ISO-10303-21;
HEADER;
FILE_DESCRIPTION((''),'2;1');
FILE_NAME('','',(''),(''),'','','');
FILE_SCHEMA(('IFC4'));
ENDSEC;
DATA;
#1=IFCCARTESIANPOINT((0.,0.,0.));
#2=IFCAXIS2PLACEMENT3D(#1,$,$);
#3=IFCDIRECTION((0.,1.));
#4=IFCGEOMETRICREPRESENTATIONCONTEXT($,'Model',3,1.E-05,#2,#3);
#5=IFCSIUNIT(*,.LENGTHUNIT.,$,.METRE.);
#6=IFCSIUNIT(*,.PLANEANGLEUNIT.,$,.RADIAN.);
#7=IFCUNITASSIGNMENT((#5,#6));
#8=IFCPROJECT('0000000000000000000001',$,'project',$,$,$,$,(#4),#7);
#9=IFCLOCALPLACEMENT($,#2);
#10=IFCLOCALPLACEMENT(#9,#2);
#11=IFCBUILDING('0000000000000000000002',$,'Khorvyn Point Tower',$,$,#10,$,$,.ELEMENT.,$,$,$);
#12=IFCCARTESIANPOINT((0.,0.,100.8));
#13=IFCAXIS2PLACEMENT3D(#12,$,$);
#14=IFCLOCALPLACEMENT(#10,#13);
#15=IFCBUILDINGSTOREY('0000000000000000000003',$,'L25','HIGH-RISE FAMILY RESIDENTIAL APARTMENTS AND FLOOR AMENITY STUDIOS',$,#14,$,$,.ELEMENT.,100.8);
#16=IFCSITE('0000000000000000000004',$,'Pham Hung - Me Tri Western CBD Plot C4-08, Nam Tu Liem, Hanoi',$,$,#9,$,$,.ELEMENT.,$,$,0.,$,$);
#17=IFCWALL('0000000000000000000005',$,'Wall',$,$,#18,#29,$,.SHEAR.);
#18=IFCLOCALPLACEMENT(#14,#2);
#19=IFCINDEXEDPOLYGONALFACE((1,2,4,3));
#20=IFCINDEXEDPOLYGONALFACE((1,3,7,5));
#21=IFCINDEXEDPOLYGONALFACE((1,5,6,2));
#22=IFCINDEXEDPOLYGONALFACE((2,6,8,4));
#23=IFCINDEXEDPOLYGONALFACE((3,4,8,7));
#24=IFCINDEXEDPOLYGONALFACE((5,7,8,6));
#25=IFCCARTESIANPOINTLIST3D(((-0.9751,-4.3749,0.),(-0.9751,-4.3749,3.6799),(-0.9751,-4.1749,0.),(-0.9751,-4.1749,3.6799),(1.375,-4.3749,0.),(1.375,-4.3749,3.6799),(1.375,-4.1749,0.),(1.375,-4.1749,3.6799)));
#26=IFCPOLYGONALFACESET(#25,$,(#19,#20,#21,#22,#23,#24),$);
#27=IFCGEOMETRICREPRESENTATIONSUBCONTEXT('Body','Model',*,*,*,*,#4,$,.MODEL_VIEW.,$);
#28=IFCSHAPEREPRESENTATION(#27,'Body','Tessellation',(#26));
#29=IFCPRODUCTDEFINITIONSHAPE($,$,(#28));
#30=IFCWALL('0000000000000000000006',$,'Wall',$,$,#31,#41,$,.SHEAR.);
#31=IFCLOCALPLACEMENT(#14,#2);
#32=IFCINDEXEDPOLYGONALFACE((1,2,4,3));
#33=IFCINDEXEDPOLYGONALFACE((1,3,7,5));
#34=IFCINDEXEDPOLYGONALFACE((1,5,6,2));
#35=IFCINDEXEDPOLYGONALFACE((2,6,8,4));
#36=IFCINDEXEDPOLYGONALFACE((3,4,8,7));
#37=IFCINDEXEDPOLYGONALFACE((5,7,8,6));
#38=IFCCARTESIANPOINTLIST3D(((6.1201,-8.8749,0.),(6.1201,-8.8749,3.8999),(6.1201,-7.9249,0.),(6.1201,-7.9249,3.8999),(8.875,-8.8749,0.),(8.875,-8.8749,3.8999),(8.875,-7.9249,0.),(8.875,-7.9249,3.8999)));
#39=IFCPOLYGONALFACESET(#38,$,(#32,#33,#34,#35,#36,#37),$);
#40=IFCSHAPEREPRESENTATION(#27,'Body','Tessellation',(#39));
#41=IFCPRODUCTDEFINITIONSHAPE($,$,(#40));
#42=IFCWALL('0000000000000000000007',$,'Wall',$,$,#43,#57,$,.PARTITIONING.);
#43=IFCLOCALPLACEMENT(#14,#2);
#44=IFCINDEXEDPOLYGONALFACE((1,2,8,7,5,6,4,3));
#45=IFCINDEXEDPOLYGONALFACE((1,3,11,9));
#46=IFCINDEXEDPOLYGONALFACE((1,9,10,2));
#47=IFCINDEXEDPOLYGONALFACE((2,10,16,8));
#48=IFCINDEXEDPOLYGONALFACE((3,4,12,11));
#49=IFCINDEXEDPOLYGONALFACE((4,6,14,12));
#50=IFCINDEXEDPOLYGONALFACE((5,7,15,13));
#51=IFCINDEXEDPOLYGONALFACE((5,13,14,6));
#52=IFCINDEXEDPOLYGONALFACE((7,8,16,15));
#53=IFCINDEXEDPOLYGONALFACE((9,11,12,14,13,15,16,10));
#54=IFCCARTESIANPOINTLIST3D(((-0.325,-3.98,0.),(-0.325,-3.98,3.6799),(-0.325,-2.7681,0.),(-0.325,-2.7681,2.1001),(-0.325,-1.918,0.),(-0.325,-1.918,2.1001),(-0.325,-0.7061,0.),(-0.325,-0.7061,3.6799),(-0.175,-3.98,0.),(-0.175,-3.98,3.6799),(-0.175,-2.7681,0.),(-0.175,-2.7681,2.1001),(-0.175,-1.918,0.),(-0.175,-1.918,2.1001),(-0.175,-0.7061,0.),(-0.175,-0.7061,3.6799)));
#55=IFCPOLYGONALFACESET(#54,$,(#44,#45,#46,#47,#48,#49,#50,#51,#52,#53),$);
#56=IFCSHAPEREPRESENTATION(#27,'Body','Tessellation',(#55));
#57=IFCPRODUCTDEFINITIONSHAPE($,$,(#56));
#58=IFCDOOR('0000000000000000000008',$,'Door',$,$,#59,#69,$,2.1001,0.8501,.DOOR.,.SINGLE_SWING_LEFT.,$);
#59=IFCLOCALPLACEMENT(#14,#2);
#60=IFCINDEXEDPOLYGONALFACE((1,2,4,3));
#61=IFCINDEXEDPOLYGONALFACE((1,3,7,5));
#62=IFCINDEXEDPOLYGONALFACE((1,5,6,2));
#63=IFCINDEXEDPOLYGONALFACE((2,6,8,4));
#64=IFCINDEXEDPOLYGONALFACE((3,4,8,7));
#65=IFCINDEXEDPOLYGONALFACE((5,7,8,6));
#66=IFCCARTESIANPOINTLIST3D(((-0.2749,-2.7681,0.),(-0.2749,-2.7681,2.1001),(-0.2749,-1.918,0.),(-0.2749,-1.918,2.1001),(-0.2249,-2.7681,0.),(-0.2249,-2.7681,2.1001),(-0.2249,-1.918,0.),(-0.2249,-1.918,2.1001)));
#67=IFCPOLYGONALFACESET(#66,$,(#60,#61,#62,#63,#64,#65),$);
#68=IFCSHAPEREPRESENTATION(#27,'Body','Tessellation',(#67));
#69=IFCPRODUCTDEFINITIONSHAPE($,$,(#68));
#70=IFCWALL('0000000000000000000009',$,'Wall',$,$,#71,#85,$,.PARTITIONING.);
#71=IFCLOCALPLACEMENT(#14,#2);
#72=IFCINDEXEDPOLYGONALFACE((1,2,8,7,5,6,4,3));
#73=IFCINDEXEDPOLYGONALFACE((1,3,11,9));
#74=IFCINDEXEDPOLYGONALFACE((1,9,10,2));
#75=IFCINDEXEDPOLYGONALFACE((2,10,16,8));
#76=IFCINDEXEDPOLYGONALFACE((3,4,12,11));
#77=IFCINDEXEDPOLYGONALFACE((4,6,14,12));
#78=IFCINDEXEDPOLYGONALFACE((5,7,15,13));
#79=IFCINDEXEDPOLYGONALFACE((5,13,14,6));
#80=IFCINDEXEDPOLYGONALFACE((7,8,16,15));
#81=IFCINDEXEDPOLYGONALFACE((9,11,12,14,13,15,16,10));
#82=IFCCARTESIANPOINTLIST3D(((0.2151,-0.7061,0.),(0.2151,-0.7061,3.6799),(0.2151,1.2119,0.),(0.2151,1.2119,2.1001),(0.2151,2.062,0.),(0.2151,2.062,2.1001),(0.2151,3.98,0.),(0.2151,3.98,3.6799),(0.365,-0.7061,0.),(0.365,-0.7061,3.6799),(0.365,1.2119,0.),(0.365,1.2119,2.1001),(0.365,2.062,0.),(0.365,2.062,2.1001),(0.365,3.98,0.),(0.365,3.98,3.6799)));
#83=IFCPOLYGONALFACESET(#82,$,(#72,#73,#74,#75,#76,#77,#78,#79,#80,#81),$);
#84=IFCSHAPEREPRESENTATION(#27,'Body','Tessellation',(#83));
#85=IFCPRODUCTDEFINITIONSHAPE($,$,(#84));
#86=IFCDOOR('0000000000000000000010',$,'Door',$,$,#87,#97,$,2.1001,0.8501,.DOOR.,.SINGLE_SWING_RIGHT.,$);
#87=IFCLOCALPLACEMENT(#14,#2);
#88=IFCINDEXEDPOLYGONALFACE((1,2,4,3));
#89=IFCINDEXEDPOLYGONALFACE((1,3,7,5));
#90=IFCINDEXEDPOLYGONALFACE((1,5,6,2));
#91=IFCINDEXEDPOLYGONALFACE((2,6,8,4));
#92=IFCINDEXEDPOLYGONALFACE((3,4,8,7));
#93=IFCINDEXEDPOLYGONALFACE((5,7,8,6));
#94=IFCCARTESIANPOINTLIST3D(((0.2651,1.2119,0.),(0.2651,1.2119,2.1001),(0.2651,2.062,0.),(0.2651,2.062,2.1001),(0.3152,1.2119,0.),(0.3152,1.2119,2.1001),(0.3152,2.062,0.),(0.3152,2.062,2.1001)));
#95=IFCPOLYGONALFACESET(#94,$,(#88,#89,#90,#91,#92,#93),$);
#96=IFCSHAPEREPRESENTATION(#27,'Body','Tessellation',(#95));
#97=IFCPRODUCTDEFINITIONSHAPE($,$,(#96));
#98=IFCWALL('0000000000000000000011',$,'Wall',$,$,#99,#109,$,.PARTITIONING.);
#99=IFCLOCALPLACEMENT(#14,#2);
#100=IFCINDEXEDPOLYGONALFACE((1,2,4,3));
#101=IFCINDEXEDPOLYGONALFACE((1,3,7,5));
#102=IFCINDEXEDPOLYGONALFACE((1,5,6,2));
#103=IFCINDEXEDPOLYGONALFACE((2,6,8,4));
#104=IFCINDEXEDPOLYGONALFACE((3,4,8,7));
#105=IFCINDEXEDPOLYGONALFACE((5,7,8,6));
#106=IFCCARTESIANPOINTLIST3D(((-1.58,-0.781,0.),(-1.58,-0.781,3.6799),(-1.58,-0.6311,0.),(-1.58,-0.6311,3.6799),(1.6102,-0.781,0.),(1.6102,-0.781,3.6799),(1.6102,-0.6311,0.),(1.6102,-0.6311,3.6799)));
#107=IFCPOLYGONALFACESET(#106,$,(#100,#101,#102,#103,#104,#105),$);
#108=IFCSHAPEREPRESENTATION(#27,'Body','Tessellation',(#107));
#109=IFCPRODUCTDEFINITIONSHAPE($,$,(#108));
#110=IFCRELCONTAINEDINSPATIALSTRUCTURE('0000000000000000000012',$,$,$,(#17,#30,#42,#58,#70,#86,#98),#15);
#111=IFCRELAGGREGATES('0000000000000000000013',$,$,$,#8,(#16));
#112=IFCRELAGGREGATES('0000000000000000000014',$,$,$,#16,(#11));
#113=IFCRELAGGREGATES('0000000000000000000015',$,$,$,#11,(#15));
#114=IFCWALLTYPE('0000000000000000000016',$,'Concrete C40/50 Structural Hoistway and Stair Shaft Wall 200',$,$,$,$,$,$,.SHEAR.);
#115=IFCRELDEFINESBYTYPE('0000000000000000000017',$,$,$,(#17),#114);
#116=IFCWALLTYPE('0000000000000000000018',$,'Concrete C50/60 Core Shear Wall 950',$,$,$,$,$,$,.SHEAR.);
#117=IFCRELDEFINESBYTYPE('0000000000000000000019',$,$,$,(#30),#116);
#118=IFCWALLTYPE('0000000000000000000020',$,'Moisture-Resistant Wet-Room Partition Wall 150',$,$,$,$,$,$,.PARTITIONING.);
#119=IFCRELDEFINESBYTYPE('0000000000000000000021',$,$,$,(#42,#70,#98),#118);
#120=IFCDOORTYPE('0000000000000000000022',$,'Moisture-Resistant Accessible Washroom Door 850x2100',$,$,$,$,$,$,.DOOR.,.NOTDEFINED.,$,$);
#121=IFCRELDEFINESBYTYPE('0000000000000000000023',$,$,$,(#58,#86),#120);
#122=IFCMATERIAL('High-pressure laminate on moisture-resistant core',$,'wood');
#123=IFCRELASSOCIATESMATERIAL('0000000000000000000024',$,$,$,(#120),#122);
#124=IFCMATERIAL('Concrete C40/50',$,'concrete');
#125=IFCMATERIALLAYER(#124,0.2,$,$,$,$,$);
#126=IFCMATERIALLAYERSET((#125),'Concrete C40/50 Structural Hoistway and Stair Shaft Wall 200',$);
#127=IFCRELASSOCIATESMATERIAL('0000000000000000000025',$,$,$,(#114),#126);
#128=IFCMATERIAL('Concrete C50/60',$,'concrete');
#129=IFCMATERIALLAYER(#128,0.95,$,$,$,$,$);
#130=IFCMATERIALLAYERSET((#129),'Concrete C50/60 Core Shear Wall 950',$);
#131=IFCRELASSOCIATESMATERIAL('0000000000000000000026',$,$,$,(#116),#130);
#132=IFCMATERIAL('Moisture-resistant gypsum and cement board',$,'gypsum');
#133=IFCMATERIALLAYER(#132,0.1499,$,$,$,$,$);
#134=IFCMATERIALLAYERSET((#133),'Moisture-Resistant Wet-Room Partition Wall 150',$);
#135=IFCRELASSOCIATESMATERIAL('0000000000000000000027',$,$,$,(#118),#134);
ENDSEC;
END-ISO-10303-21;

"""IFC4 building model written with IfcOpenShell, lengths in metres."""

from ifc_helpers import new_model, si_unit, direction, frame, frame_2d, origin, place, context, subcontext, project, spatial, rectangle, extrude, material, layer, layer_set, type_object, element, fill, save


model = new_model("IFC4")

# Units and contexts
model_context = context("Model", 3, precision=1e-05, world=origin(), true_north=direction((0.0, 1.0)))
body_context = subcontext(model_context, "Body", "Model", "MODEL_VIEW")
ifc_project = project(units=[si_unit("LENGTHUNIT", "METRE"), si_unit("PLANEANGLEUNIT", "RADIAN")], contexts=[model_context])

# Site, building, storey
site_placement = place(None, origin())
site = spatial("IfcSite", under=ifc_project, at=site_placement, Name="Pham Hung - Me Tri Western CBD Plot C4-08, Nam Tu Liem, Hanoi", CompositionType="ELEMENT", RefElevation=0.0)
building_placement = place(site_placement, origin())
building = spatial("IfcBuilding", under=site, at=building_placement, Name="Khorvyn Point Tower", CompositionType="ELEMENT")
storey_placement = place(building_placement, frame((0.0, 0.0, 100.8)))
storey = spatial("IfcBuildingStorey", under=building, at=storey_placement, Name="L25", Description="HIGH-RISE FAMILY RESIDENTIAL APARTMENTS AND FLOOR AMENITY STUDIOS", CompositionType="ELEMENT", Elevation=100.8)

# Shared definitions
ifc_material_1 = material(Name="Concrete C40/50", Category="concrete")

# Shared definitions
ifc_material_2 = material(Name="Concrete C50/60", Category="concrete")

# Shared definitions
ifc_material_3 = material(Name="High-pressure laminate on moisture-resistant core", Category="wood")
door_type_1 = type_object("IfcDoorType", Name="Moisture-Resistant Accessible Washroom Door 850x2100", OperationType="NOTDEFINED", PredefinedType="DOOR", material=ifc_material_3)

# Shared definitions
ifc_layer_1 = layer(ifc_material_1, 0.2)
ifc_layer_set_1 = layer_set([ifc_layer_1], Name="Concrete C40/50 Structural Hoistway and Stair Shaft Wall 200")
wall_type_1 = type_object("IfcWallType", Name="Concrete C40/50 Structural Hoistway and Stair Shaft Wall 200", PredefinedType="SHEAR", material=ifc_layer_set_1)

# Walls
for number, where, z_axis, x_axis, name in (
    (1, (-0.9751, -4.2749, 0.0), (0.0, 0.0, 1.0), (1.0, 0.0, 0.0), "Wall"),
):
    element("IfcWall", number, at=place(storey_placement, frame(where, z_axis=z_axis, x_axis=x_axis)), inside=storey, type_object=wall_type_1, Name=name, PredefinedType="SHEAR", context=body_context, shape_type="SweptSolid", body=[
        extrude(rectangle(XDim=2.3501, YDim=0.2, at=frame_2d((1.175, 0.0))), origin(), (0.0, 0.0, 1.0), 3.6799),
    ])
ifc_layer_2 = layer(ifc_material_2, 0.95)
ifc_layer_set_2 = layer_set([ifc_layer_2], Name="Concrete C50/60 Core Shear Wall 950")
wall_type_2 = type_object("IfcWallType", Name="Concrete C50/60 Core Shear Wall 950", PredefinedType="SHEAR", material=ifc_layer_set_2)
wall_1_placement = place(storey_placement, frame((6.1201, -8.3999, 0.0), z_axis=(0.0, 0.0, 1.0), x_axis=(1.0, 0.0, 0.0)))
element("IfcWall", 2, at=wall_1_placement, inside=storey, type_object=wall_type_2, Name="Wall", PredefinedType="SHEAR", context=body_context, shape_type="SweptSolid", body=[
    extrude(rectangle(XDim=2.7549, YDim=0.95, at=frame_2d((1.3774, 0.0))), origin(), (0.0, 0.0, 1.0), 3.8999),
])

# Walls, openings, doors
ifc_material_4 = material(Name="Moisture-resistant gypsum and cement board", Category="gypsum")
ifc_layer_3 = layer(ifc_material_4, 0.1499)
ifc_layer_set_3 = layer_set([ifc_layer_3], Name="Moisture-Resistant Wet-Room Partition Wall 150")
wall_type_3 = type_object("IfcWallType", Name="Moisture-Resistant Wet-Room Partition Wall 150", PredefinedType="PARTITIONING", material=ifc_layer_set_3)
wall_2_placement = place(storey_placement, frame((-0.25, -3.98, 0.0), z_axis=(0.0, 0.0, 1.0), x_axis=(0.0, 1.0, 0.0)))
wall_2 = element("IfcWall", 3, at=wall_2_placement, inside=storey, type_object=wall_type_3, Name="Wall", PredefinedType="PARTITIONING", context=body_context, shape_type="SweptSolid", body=[
    extrude(rectangle(XDim=3.2739, YDim=0.1499, at=frame_2d((1.637, 0.0))), origin(), (0.0, 0.0, 1.0), 3.6799),
])
opening_1_placement = place(wall_2_placement, frame((1.2119, 0.0, 0.0)))
opening_1 = element("IfcOpeningElement", 4, at=opening_1_placement, cuts=wall_2, PredefinedType="OPENING", context=body_context, shape_type="SweptSolid", body=[
    extrude(rectangle(XDim=0.8501, YDim=2.1001, at=frame_2d((0.425, 1.05))), frame((0.0, 0.085, 0.0), z_axis=(0.0, -1.0, 0.0), x_axis=(1.0, 0.0, 0.0)), (0.0, 0.0, 1.0), 0.1699),
])
door_1_placement = place(opening_1_placement, origin())
door_1 = element("IfcDoor", 5, at=door_1_placement, inside=storey, type_object=door_type_1, Name="Door", OperationType="SINGLE_SWING_LEFT", OverallHeight=2.1001, OverallWidth=0.8501, PredefinedType="DOOR", context=body_context, shape_type="SweptSolid", body=[
    extrude(rectangle(XDim=0.8501, YDim=2.1001, at=frame_2d((0.425, 1.05))), frame((0.0, 0.0249, 0.0), z_axis=(0.0, -1.0, 0.0), x_axis=(1.0, 0.0, 0.0)), (0.0, 0.0, 1.0), 0.05),
])
fill(opening_1, door_1)
wall_3_placement = place(storey_placement, frame((0.29, -0.7061, 0.0), z_axis=(0.0, 0.0, 1.0), x_axis=(0.0, 1.0, 0.0)))
wall_3 = element("IfcWall", 6, at=wall_3_placement, inside=storey, type_object=wall_type_3, Name="Wall", PredefinedType="PARTITIONING", context=body_context, shape_type="SweptSolid", body=[
    extrude(rectangle(XDim=4.686, YDim=0.1499, at=frame_2d((2.343, 0.0))), origin(), (0.0, 0.0, 1.0), 3.6799),
])
opening_2_placement = place(wall_3_placement, frame((1.918, 0.0, 0.0)))
opening_2 = element("IfcOpeningElement", 7, at=opening_2_placement, cuts=wall_3, PredefinedType="OPENING", context=body_context, shape_type="SweptSolid", body=[
    extrude(rectangle(XDim=0.8501, YDim=2.1001, at=frame_2d((0.425, 1.05))), frame((0.0, 0.085, 0.0), z_axis=(0.0, -1.0, 0.0), x_axis=(1.0, 0.0, 0.0)), (0.0, 0.0, 1.0), 0.1699),
])
door_2_placement = place(opening_2_placement, origin())
door_2 = element("IfcDoor", 8, at=door_2_placement, inside=storey, type_object=door_type_1, Name="Door", OperationType="SINGLE_SWING_RIGHT", OverallHeight=2.1001, OverallWidth=0.8501, PredefinedType="DOOR", context=body_context, shape_type="SweptSolid", body=[
    extrude(rectangle(XDim=0.8501, YDim=2.1001, at=frame_2d((0.425, 1.05))), frame((0.0, 0.0249, 0.0), z_axis=(0.0, -1.0, 0.0), x_axis=(1.0, 0.0, 0.0)), (0.0, 0.0, 1.0), 0.05),
])
fill(opening_2, door_2)

# Wall
wall_4_placement = place(storey_placement, frame((-1.5801, -0.7061, 0.0), z_axis=(0.0, 0.0, 1.0), x_axis=(1.0, 0.0, 0.0)))
element("IfcWall", 9, at=wall_4_placement, inside=storey, type_object=wall_type_3, Name="Wall", PredefinedType="PARTITIONING", context=body_context, shape_type="SweptSolid", body=[
    extrude(rectangle(XDim=3.1902, YDim=0.1499, at=frame_2d((1.5952, 0.0))), origin(), (0.0, 0.0, 1.0), 3.6799),
])

save(model, "model.ifc")
